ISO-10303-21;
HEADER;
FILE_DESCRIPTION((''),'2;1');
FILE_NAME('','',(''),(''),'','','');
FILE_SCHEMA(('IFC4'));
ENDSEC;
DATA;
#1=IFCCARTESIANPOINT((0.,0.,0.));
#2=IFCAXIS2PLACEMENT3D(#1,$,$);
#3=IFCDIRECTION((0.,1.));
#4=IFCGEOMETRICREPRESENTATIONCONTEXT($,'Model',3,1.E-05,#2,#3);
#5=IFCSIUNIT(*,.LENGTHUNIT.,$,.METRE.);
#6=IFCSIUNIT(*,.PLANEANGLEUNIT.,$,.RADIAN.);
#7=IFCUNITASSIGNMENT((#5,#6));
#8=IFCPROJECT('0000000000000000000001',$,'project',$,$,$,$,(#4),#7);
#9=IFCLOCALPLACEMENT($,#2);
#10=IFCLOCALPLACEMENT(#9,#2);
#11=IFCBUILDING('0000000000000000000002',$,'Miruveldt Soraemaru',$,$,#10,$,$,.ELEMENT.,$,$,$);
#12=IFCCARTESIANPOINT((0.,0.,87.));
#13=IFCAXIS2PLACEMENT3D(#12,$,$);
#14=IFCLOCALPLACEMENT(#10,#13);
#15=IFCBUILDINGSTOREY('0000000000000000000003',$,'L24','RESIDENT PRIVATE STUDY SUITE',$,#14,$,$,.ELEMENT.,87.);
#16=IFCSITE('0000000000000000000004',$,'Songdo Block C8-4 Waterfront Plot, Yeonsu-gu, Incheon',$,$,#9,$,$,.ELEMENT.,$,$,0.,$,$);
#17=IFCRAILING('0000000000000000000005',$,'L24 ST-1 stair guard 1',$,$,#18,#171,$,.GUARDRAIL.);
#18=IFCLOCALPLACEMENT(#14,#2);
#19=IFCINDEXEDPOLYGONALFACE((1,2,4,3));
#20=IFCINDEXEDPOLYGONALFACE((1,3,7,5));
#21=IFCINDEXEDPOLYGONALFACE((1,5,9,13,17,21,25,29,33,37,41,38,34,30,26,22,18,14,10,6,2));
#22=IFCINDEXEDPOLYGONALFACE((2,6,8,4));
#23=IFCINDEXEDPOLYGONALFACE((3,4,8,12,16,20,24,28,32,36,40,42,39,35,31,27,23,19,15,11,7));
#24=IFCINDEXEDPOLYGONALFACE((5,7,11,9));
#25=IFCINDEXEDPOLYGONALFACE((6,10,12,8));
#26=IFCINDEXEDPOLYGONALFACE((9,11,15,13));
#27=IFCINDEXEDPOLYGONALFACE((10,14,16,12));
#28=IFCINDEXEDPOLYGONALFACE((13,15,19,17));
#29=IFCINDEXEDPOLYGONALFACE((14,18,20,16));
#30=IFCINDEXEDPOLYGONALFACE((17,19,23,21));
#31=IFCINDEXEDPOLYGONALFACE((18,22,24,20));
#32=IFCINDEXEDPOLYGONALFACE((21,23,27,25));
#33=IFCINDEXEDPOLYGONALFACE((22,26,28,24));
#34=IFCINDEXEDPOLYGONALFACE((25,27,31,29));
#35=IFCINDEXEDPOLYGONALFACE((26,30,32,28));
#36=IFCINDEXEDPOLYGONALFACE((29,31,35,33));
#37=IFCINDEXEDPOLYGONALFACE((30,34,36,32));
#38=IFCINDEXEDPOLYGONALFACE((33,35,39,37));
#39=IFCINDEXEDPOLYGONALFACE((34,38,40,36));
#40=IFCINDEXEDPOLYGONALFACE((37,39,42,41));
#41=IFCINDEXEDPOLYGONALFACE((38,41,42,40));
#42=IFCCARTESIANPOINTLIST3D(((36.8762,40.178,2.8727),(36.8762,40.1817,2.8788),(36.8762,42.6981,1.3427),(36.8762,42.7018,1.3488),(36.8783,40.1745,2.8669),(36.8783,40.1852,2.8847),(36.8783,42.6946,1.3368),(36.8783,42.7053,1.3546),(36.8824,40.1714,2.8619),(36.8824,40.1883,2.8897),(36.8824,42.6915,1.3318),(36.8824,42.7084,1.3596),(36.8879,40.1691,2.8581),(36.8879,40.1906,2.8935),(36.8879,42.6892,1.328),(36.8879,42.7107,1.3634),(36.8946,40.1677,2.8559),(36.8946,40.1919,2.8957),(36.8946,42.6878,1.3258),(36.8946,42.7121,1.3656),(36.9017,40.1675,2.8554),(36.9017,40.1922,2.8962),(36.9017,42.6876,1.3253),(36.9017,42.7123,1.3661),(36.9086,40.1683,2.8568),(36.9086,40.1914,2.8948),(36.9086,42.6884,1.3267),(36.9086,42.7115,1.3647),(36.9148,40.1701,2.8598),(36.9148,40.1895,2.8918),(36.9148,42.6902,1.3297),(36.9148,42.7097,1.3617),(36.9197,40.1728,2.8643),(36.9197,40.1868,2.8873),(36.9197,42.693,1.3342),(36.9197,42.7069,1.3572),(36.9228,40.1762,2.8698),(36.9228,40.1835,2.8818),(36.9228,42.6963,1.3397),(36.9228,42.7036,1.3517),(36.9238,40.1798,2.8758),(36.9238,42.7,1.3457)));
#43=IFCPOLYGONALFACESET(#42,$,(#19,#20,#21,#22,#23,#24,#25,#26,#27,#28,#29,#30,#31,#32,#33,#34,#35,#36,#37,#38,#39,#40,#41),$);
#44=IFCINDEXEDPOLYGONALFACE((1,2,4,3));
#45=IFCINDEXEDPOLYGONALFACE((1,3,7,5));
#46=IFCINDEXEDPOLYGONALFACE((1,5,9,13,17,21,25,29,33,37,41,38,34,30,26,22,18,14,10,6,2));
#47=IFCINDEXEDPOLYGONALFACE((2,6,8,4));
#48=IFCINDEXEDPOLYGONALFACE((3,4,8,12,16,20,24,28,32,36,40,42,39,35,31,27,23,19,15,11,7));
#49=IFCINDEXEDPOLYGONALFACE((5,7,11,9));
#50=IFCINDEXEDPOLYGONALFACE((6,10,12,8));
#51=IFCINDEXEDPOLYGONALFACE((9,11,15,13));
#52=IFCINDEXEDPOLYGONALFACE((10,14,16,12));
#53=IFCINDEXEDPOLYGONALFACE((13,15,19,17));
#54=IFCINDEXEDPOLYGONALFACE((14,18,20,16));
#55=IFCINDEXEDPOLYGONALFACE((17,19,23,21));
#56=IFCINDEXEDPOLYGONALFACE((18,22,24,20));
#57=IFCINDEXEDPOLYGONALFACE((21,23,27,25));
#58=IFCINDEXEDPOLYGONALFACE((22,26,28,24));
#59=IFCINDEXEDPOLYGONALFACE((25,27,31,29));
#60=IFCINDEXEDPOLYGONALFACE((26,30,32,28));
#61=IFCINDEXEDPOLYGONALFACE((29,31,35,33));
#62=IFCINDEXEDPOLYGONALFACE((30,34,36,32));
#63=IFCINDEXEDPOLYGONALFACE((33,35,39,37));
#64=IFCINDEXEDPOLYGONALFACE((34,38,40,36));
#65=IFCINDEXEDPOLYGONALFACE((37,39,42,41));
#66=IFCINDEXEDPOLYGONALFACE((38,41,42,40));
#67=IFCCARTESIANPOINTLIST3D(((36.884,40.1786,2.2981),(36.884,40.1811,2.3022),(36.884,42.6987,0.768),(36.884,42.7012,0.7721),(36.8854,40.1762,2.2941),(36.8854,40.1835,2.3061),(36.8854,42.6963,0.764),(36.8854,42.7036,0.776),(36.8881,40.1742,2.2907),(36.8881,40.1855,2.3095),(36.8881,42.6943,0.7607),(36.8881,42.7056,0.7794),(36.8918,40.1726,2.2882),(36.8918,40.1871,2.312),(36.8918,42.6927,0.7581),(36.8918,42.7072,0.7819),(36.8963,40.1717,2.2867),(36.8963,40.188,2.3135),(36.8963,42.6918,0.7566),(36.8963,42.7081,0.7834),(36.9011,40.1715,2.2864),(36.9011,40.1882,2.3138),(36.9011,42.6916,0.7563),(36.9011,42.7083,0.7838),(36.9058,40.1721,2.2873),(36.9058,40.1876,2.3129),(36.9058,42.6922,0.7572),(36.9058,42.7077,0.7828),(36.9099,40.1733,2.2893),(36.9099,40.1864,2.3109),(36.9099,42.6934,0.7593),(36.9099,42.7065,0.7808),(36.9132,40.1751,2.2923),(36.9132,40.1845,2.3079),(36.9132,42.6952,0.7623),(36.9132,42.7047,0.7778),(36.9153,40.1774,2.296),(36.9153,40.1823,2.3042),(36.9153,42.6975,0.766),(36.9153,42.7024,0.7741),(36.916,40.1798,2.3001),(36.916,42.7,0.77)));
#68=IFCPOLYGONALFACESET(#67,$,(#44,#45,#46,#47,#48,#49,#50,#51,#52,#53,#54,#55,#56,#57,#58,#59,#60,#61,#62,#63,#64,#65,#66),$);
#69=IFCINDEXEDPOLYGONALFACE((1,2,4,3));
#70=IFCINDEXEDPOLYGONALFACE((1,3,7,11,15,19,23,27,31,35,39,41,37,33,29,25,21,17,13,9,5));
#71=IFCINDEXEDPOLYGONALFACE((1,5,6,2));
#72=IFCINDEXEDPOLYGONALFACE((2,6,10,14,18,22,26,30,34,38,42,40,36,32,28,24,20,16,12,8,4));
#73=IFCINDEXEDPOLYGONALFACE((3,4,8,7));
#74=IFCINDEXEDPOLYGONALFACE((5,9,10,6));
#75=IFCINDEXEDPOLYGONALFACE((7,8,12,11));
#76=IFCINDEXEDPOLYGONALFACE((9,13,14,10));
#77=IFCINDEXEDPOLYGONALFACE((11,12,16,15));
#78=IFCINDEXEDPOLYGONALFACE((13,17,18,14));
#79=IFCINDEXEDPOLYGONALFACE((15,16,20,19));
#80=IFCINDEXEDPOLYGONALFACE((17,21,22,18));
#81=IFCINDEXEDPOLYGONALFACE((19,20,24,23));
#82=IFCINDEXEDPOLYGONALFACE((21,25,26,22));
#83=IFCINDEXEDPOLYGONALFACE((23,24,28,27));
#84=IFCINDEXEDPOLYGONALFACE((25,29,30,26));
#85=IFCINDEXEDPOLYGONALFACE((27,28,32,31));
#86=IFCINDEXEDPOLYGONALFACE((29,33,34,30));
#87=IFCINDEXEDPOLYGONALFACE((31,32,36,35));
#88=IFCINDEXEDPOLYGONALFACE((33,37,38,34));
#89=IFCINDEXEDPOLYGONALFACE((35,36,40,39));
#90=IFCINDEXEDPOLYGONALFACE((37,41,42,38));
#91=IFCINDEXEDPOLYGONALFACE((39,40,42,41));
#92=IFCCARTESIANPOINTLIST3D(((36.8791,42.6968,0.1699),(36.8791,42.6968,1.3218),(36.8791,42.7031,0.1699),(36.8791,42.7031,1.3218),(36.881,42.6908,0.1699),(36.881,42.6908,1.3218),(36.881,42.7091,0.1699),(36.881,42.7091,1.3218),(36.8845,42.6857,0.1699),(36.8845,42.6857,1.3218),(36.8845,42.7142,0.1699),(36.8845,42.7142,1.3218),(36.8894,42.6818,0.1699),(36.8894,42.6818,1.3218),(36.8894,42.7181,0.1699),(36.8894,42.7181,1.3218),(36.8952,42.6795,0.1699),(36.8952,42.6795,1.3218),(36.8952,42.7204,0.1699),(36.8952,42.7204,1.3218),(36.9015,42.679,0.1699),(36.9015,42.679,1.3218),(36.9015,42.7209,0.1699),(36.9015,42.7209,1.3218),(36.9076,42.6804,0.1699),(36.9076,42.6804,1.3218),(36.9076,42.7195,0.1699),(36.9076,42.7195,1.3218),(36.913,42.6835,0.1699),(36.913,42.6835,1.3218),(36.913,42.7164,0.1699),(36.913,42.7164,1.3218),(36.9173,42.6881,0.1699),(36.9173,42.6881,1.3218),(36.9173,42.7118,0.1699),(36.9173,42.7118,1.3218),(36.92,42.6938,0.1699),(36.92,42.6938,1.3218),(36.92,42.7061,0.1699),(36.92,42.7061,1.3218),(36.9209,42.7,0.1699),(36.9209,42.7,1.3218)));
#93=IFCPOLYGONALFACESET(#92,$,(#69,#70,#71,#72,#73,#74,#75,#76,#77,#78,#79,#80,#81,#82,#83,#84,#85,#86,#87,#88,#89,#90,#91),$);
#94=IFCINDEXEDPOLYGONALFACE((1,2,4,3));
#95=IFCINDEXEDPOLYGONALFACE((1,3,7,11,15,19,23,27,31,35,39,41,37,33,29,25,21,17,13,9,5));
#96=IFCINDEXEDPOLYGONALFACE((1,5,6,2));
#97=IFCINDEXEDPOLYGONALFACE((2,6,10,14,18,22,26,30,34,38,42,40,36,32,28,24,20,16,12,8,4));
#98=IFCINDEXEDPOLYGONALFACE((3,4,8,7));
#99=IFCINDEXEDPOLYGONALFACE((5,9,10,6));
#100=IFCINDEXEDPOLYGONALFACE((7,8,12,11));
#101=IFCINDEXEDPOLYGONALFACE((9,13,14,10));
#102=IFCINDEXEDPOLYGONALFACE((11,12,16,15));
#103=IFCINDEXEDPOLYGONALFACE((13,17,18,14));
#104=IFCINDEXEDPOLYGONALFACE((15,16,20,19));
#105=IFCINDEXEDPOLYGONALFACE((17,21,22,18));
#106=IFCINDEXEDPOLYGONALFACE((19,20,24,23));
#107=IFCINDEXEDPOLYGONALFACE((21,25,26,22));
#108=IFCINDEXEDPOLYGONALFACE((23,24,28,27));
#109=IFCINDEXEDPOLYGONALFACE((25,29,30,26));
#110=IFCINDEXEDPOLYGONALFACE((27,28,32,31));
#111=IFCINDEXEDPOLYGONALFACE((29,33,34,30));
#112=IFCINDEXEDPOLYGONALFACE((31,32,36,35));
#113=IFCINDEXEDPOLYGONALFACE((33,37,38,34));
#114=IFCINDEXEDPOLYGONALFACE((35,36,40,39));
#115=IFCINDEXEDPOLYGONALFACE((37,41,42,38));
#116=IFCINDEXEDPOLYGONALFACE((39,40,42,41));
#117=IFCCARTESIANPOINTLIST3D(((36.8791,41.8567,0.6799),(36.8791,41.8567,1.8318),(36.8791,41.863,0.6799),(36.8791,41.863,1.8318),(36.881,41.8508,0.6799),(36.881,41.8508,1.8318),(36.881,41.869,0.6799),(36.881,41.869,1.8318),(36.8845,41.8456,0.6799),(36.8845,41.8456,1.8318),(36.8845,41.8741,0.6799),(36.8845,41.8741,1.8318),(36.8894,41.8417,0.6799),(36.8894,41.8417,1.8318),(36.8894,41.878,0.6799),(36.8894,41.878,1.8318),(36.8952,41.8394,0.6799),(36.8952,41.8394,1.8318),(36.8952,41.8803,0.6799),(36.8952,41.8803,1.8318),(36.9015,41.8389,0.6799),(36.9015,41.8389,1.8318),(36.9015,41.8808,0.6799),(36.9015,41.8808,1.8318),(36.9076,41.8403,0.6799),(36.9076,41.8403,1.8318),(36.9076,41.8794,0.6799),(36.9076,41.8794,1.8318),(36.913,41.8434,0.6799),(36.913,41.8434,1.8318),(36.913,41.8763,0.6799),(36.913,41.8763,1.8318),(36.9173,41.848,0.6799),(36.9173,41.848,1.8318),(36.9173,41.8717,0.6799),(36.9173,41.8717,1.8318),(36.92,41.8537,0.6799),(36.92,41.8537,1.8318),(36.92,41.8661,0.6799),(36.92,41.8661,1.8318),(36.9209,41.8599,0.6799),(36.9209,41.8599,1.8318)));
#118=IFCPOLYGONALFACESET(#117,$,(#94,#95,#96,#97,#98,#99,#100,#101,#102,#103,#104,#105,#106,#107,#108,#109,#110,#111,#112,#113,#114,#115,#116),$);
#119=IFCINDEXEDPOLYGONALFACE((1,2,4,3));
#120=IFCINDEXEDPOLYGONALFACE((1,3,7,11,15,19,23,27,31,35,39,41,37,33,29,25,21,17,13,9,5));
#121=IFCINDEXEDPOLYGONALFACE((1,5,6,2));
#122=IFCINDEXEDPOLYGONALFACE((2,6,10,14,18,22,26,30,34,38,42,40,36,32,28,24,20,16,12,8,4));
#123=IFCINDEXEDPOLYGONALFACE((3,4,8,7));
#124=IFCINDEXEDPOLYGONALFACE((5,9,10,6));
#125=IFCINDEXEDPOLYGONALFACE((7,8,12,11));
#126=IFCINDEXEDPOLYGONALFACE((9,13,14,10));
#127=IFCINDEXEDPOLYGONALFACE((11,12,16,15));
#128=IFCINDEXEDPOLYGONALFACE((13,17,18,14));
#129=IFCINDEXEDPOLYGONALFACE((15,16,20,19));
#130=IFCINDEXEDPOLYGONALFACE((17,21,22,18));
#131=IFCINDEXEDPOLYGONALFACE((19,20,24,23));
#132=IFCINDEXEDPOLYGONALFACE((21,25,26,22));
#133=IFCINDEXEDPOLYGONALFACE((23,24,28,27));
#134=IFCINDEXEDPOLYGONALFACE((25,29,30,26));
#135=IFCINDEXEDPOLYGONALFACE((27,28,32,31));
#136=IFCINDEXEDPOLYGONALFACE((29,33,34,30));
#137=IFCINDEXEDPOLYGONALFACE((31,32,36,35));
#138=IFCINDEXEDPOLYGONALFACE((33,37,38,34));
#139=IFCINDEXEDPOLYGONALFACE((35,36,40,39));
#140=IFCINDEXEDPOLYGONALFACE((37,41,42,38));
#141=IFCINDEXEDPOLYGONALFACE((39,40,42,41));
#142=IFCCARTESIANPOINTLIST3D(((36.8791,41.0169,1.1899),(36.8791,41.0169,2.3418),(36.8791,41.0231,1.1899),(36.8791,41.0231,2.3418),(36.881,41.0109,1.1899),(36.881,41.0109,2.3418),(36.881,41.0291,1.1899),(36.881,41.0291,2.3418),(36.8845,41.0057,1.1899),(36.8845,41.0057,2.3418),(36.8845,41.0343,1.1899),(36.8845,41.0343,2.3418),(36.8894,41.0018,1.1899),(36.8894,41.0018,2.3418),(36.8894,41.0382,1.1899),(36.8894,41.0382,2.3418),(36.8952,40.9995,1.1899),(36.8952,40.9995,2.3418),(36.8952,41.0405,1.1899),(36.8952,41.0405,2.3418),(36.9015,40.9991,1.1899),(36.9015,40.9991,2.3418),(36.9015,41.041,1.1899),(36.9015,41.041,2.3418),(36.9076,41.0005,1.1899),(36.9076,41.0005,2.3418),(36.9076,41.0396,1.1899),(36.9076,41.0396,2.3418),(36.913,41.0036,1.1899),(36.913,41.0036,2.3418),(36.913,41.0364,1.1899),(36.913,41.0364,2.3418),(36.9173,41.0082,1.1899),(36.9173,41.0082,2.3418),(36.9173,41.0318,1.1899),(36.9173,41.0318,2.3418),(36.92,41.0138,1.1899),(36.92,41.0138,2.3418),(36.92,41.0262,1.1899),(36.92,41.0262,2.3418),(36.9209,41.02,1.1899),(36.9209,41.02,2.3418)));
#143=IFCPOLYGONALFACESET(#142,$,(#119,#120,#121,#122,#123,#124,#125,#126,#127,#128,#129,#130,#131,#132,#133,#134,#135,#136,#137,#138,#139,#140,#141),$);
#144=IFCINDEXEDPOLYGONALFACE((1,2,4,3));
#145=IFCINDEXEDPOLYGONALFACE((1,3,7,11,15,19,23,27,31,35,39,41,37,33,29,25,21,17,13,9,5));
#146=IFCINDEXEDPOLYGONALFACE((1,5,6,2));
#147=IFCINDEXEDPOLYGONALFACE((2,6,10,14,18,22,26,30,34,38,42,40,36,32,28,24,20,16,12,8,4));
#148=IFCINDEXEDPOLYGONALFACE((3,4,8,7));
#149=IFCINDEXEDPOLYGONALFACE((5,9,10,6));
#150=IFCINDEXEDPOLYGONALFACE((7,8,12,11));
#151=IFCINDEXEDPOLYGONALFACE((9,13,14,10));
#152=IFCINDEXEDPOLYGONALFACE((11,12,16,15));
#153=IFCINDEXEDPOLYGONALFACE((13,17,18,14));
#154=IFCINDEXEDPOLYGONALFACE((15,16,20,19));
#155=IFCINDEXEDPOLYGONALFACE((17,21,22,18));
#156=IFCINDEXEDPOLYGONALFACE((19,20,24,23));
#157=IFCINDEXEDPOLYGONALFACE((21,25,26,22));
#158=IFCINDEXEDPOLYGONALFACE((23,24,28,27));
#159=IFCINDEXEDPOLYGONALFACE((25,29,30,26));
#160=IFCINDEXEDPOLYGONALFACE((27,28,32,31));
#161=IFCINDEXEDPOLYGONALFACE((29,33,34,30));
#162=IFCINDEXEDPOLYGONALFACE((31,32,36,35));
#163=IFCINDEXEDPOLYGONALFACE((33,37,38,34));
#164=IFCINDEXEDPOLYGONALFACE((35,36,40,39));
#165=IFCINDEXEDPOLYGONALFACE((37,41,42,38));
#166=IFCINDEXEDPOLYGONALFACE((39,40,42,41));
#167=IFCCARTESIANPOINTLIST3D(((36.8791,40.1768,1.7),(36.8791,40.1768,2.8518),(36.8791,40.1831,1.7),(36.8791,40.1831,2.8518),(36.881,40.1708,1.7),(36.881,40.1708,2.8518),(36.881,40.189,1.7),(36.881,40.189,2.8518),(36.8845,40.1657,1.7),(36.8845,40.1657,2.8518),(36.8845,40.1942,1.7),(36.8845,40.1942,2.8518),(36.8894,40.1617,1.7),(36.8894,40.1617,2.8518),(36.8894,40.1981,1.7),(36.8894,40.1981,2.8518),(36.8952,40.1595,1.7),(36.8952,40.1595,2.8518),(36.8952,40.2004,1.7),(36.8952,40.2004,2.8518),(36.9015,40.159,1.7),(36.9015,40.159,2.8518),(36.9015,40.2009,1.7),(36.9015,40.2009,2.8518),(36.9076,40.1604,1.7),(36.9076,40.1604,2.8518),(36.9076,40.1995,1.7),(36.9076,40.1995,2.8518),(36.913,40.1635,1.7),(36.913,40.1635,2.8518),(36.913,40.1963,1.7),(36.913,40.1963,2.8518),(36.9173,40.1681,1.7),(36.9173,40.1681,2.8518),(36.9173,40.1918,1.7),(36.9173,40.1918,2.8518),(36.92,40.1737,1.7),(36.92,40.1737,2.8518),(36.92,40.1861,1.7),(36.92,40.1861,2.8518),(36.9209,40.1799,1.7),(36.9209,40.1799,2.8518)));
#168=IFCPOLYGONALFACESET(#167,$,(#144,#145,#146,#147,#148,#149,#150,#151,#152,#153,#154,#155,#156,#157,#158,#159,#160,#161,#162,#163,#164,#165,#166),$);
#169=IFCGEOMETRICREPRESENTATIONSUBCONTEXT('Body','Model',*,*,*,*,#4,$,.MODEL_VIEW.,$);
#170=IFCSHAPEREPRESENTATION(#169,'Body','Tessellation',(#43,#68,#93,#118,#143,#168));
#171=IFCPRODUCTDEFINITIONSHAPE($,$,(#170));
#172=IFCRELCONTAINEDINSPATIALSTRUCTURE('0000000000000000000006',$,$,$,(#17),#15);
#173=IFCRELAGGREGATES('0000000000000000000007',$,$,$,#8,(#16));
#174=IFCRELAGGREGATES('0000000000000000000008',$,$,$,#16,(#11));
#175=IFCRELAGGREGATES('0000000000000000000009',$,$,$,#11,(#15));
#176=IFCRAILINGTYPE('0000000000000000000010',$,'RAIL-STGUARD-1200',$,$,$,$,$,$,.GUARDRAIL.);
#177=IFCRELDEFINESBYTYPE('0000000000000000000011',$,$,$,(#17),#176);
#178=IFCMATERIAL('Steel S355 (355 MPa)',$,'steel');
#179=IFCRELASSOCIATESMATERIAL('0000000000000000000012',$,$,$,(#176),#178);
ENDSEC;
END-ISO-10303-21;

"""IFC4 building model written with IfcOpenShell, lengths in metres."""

from ifc_helpers import new_model, si_unit, direction, frame, origin, origin_2d, place, context, subcontext, project, spatial, circle, extrude, material, type_object, element, save


model = new_model("IFC4")

# Units and contexts
model_context = context("Model", 3, precision=1e-05, world=origin(), true_north=direction((0.0, 1.0)))
body_context = subcontext(model_context, "Body", "Model", "MODEL_VIEW")
ifc_project = project(units=[si_unit("LENGTHUNIT", "METRE"), si_unit("PLANEANGLEUNIT", "RADIAN")], contexts=[model_context])

# Site, building, storey
site_placement = place(None, origin())
site = spatial("IfcSite", under=ifc_project, at=site_placement, Name="Songdo Block C8-4 Waterfront Plot, Yeonsu-gu, Incheon", CompositionType="ELEMENT", RefElevation=0.0)
building_placement = place(site_placement, origin())
building = spatial("IfcBuilding", under=site, at=building_placement, Name="Miruveldt Soraemaru", CompositionType="ELEMENT")
storey_placement = place(building_placement, frame((0.0, 0.0, 87.0)))
storey = spatial("IfcBuildingStorey", under=building, at=storey_placement, Name="L24", Description="RESIDENT PRIVATE STUDY SUITE", CompositionType="ELEMENT", Elevation=87.0)

# Railing
ifc_material_1 = material(Name="Steel S355 (355 MPa)", Category="steel")
railing_type_1 = type_object("IfcRailingType", Name="RAIL-STGUARD-1200", PredefinedType="GUARDRAIL", material=ifc_material_1)
railing_1_placement = place(storey_placement, frame((36.8999, 42.7, 0.1699)))
element("IfcRailing", 1, at=railing_1_placement, inside=storey, type_object=railing_type_1, Name="L24 ST-1 stair guard 1", PredefinedType="GUARDRAIL", context=body_context, shape_type="SweptSolid", body=[
    extrude(circle(Radius=0.0239, at=origin_2d()), frame((0.0, 0.0, 1.1758), z_axis=(0.0, -0.854785, 0.518982), x_axis=(1.0, 0.0, 0.0)), (0.0, 0.0, 1.0), 2.9482),
    extrude(circle(Radius=0.0161, at=origin_2d()), frame((0.0, 0.0, 0.6001), z_axis=(0.0, -0.854785, 0.518982), x_axis=(1.0, 0.0, 0.0)), (0.0, 0.0, 1.0), 2.9482),
    extrude(circle(Radius=0.021, at=origin_2d()), origin(), (0.0, 0.0, 1.0), 1.1519),
    extrude(circle(Radius=0.021, at=origin_2d()), frame((0.0, -0.8401, 0.51)), (0.0, 0.0, 1.0), 1.1519),
    extrude(circle(Radius=0.021, at=origin_2d()), frame((0.0, -1.6799, 1.02)), (0.0, 0.0, 1.0), 1.1519),
    extrude(circle(Radius=0.021, at=origin_2d()), frame((0.0, -2.52, 1.53)), (0.0, 0.0, 1.0), 1.1519),
])

save(model, "model.ifc")
